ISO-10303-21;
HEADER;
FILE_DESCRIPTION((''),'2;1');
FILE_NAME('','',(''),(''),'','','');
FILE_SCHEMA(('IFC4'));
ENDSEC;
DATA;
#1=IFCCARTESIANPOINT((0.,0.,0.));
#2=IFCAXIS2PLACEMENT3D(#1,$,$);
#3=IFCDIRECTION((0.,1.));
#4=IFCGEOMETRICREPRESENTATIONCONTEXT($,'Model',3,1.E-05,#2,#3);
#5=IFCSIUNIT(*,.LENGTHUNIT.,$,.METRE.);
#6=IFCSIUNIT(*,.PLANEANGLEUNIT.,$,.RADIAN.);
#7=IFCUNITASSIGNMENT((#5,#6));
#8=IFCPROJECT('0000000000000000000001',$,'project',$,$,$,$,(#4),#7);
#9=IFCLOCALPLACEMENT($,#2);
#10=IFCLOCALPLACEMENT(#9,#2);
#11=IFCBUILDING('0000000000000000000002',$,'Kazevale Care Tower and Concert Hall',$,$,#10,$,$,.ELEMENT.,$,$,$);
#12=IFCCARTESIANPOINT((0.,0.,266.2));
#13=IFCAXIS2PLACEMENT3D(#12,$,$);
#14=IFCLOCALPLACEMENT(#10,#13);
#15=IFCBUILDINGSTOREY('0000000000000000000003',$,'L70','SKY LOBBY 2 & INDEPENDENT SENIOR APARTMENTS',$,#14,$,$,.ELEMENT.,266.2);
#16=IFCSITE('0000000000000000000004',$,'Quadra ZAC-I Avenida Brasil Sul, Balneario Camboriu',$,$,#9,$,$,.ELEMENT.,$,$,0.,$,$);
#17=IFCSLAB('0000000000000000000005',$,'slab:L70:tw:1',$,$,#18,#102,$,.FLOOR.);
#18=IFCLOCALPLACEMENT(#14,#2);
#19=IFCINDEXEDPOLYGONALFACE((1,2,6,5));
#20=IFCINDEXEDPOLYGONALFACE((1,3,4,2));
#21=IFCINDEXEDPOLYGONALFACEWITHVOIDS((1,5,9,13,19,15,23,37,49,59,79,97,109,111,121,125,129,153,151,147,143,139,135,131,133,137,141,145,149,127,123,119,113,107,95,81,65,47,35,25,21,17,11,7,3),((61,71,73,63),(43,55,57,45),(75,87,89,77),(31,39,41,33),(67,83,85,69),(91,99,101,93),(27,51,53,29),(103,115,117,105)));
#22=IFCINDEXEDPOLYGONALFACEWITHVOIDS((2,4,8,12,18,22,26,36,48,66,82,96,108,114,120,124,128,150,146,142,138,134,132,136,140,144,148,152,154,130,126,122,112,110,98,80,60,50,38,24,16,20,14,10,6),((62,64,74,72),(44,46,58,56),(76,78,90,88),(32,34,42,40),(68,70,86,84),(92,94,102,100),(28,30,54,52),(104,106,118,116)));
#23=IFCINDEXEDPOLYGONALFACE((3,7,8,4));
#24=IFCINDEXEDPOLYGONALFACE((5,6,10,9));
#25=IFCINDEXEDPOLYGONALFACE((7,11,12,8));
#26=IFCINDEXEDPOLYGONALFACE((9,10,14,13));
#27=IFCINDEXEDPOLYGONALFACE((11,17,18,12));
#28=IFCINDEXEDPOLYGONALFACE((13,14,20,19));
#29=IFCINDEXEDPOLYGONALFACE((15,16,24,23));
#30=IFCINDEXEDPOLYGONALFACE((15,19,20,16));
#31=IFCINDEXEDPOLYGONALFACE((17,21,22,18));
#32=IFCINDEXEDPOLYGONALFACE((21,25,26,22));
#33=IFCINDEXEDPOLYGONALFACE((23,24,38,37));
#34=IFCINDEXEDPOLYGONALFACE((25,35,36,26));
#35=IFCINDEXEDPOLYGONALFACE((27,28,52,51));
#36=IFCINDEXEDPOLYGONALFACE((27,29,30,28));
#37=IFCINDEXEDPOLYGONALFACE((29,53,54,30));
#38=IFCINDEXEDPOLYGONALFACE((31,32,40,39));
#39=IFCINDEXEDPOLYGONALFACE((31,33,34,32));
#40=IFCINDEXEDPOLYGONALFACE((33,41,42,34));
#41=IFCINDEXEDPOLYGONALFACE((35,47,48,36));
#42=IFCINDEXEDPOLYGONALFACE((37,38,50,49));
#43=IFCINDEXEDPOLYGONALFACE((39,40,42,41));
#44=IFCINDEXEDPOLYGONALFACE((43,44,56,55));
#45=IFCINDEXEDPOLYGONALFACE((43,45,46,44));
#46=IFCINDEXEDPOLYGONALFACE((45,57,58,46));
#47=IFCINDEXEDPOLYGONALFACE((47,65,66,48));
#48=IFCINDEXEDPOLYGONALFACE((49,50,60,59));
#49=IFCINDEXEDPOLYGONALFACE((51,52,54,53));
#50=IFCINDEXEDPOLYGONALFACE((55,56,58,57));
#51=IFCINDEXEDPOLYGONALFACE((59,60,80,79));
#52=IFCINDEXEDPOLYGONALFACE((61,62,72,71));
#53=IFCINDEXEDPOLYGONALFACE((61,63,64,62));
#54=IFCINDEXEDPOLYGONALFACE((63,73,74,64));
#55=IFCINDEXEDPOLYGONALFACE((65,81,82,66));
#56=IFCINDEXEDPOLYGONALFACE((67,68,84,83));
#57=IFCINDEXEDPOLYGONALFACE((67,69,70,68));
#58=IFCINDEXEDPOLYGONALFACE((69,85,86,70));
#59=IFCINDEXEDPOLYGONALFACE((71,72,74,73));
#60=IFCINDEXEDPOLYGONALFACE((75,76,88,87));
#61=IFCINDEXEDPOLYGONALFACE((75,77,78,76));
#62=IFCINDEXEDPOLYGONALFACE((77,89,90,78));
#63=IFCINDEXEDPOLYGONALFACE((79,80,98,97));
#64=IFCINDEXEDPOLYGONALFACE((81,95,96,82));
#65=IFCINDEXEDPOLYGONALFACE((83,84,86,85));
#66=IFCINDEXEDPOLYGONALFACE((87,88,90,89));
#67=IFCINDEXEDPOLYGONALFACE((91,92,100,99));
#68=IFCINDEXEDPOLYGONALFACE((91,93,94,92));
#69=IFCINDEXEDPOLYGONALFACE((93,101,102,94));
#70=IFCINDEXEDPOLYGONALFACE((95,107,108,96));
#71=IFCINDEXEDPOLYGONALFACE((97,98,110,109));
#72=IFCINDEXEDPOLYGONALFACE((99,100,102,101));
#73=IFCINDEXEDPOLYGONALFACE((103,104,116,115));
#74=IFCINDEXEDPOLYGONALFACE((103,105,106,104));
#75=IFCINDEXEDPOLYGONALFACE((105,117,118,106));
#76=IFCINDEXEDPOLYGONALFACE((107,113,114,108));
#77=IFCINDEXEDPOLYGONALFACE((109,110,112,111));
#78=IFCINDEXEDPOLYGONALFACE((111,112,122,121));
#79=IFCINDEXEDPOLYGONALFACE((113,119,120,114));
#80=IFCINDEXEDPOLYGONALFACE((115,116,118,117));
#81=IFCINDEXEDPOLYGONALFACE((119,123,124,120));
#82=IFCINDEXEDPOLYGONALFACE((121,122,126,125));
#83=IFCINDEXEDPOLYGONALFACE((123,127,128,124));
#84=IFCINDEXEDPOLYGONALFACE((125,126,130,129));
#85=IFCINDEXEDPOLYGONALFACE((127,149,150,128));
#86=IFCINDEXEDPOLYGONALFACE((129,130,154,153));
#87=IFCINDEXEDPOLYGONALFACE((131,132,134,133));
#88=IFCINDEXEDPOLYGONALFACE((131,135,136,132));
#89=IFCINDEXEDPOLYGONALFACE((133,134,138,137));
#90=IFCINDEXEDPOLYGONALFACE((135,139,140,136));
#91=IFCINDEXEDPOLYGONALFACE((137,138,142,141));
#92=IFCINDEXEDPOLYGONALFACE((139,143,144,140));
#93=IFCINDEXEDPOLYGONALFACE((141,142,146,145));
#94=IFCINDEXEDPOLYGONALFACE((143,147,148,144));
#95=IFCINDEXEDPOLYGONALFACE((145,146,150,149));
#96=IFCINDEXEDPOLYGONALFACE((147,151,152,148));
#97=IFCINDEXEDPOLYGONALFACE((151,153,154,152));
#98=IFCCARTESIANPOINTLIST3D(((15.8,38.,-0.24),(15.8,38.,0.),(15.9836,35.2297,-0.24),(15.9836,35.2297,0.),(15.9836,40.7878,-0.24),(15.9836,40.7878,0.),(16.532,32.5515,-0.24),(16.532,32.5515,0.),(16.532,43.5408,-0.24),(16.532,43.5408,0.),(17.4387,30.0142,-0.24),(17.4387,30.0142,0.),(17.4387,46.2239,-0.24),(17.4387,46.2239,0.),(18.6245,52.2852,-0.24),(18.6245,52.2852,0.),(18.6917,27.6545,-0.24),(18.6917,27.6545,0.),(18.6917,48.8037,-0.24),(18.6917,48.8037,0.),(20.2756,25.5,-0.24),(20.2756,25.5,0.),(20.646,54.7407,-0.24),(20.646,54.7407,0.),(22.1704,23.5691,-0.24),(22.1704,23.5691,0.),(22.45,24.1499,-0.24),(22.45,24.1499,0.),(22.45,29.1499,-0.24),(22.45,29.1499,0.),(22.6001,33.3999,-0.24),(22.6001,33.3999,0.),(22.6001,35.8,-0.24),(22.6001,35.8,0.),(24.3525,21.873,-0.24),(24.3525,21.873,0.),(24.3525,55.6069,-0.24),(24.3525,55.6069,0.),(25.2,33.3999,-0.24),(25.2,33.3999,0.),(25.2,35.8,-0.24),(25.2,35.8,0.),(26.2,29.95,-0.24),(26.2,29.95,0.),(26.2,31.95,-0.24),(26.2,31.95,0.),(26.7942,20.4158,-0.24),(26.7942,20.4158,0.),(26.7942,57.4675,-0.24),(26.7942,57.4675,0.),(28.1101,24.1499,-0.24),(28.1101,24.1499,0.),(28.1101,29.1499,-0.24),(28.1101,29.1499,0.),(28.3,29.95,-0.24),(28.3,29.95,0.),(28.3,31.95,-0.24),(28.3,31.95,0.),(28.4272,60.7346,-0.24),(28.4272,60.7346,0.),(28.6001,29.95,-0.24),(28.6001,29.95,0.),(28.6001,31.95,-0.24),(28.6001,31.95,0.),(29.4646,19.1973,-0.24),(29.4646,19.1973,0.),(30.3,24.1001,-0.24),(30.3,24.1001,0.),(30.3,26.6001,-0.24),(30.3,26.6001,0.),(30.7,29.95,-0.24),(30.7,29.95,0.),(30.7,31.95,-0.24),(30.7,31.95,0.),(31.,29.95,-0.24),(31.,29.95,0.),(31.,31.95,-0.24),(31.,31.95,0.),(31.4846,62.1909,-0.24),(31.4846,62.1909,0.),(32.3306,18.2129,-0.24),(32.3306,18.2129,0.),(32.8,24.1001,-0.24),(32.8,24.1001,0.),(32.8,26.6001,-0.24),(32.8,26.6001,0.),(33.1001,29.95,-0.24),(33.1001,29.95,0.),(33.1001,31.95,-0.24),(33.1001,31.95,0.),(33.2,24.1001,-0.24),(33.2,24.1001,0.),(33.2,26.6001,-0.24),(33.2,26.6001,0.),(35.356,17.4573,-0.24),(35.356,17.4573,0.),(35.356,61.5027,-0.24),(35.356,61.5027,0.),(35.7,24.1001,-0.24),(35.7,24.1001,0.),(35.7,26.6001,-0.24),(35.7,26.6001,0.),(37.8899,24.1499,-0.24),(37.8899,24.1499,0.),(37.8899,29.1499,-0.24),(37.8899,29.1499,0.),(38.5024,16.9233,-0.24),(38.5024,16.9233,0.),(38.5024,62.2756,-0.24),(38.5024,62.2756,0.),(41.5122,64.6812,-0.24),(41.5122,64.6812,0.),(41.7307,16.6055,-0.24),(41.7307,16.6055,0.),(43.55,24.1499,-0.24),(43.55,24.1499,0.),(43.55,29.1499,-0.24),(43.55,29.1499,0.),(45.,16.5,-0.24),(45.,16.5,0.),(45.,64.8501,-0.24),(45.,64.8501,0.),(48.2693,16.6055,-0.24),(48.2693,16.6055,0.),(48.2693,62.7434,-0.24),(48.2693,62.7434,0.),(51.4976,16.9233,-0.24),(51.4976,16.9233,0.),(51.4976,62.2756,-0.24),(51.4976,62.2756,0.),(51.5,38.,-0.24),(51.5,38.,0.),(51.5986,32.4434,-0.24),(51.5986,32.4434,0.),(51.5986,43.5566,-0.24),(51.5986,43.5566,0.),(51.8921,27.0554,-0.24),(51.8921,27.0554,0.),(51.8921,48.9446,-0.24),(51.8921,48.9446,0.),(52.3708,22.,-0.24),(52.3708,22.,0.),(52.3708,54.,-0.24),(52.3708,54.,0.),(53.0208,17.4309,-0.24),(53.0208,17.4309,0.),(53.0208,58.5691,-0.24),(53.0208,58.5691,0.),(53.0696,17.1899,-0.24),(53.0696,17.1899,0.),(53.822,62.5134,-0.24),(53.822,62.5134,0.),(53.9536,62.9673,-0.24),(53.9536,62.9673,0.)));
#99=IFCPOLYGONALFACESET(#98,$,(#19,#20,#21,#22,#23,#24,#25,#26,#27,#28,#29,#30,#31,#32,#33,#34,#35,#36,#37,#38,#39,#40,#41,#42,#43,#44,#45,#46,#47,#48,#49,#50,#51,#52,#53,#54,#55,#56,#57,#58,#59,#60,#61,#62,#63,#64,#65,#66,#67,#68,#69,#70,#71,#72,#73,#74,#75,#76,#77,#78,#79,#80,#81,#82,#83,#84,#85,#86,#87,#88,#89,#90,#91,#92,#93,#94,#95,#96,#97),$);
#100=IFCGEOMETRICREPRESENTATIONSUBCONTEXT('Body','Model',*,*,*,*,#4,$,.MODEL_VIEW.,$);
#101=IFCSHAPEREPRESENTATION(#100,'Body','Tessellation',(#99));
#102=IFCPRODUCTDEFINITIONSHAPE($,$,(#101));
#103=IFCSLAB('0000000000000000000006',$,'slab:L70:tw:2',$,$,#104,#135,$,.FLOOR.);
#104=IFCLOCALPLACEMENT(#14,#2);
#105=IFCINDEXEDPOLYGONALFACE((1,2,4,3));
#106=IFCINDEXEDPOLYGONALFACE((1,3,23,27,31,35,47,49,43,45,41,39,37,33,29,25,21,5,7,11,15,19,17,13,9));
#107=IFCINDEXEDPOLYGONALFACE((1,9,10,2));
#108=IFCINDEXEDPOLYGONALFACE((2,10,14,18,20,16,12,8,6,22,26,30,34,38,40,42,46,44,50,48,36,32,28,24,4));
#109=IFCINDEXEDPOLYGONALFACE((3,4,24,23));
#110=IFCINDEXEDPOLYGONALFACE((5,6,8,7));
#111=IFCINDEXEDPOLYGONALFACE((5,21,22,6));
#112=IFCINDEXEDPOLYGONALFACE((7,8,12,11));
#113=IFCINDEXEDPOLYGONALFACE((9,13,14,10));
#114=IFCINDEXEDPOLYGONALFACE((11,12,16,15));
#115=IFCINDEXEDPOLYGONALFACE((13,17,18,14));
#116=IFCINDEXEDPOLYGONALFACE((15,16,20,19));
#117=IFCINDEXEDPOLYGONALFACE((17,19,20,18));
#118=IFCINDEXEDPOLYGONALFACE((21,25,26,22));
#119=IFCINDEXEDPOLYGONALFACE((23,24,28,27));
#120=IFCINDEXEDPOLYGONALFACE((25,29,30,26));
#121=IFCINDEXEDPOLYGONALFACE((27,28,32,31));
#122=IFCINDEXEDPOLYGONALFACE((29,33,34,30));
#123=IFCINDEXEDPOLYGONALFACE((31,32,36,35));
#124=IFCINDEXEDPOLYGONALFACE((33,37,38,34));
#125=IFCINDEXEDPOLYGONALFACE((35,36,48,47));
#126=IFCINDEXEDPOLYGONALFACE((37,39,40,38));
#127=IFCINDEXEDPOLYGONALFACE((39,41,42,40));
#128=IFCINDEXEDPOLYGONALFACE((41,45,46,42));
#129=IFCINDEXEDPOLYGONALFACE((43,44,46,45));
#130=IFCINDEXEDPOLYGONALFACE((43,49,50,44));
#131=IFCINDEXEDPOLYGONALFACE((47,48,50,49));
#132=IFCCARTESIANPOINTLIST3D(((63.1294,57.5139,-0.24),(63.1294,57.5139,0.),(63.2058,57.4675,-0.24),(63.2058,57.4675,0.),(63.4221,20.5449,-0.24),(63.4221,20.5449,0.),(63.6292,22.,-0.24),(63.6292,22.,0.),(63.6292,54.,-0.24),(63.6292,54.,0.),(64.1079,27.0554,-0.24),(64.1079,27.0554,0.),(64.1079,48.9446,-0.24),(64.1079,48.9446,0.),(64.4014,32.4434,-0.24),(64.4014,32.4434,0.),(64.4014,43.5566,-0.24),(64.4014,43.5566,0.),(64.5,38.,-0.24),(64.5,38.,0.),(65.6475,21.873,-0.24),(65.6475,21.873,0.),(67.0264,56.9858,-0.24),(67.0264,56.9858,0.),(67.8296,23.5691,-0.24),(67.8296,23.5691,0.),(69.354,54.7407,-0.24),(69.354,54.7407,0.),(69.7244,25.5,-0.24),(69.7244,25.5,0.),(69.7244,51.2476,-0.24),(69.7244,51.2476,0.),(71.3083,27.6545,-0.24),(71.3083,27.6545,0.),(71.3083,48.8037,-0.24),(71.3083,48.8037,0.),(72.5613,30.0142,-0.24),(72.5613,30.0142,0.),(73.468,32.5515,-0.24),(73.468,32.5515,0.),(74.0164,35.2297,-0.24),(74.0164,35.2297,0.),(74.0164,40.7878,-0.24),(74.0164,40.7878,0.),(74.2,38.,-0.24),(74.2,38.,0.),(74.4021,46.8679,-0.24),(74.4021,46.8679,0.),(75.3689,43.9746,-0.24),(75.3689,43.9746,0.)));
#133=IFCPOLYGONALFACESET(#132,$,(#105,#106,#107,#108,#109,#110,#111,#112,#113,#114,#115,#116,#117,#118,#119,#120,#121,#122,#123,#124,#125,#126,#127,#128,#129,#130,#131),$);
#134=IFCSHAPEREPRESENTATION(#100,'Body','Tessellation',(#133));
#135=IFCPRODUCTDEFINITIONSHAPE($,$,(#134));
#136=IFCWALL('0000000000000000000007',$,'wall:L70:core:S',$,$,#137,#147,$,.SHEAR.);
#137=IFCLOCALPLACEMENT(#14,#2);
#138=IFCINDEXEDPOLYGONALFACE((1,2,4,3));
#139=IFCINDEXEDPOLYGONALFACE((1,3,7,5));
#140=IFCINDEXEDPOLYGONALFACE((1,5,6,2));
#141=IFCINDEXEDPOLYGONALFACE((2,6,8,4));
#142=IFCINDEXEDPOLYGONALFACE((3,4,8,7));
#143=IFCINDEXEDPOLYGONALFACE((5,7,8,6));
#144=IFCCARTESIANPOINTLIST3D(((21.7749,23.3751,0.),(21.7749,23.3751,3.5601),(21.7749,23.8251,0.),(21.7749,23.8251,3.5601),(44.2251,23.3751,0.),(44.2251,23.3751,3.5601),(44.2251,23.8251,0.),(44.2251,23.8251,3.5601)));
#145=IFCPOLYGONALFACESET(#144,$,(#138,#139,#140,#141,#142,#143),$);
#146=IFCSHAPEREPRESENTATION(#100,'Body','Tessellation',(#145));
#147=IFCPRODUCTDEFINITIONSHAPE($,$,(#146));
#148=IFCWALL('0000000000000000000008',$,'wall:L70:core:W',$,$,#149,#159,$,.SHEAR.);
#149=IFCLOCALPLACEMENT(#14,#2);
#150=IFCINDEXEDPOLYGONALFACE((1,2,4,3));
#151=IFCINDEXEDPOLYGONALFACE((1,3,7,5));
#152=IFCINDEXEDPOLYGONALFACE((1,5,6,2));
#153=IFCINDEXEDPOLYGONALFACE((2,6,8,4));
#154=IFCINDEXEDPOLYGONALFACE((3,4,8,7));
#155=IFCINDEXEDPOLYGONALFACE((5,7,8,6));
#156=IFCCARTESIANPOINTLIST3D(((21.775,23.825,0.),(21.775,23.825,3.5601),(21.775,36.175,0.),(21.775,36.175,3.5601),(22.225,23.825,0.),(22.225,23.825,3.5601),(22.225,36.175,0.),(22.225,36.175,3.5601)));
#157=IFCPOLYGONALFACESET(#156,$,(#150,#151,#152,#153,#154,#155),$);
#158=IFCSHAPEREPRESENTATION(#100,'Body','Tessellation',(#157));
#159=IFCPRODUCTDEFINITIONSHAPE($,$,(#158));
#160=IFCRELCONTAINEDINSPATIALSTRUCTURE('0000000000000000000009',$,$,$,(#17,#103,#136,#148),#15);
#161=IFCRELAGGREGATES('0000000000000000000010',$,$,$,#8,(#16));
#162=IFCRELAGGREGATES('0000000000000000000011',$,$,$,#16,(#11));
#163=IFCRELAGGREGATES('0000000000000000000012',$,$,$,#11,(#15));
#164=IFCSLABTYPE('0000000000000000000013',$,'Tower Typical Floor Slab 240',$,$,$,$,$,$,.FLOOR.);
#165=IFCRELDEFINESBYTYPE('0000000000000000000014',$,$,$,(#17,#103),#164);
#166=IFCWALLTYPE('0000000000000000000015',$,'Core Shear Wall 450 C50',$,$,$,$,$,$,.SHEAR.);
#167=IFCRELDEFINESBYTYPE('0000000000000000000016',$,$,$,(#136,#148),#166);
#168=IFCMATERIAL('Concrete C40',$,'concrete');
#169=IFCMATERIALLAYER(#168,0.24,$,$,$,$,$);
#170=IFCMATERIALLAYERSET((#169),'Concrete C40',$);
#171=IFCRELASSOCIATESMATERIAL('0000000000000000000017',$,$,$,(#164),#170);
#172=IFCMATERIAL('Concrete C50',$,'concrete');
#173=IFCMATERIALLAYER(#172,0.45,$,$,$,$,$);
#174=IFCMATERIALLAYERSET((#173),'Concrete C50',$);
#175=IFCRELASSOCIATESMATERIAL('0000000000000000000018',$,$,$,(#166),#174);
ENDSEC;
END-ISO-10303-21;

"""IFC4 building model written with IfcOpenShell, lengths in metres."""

from ifc_helpers import new_model, si_unit, direction, frame, frame_2d, origin, place, context, subcontext, project, spatial, polyline, rectangle, outline, extrude, material, layer, layer_set, type_object, element, save


model = new_model("IFC4")

# Units and contexts
model_context = context("Model", 3, precision=1e-05, world=origin(), true_north=direction((0.0, 1.0)))
body_context = subcontext(model_context, "Body", "Model", "MODEL_VIEW")
ifc_project = project(units=[si_unit("LENGTHUNIT", "METRE"), si_unit("PLANEANGLEUNIT", "RADIAN")], contexts=[model_context])

# Site, building, storey
site_placement = place(None, origin())
site = spatial("IfcSite", under=ifc_project, at=site_placement, Name="Quadra ZAC-I Avenida Brasil Sul, Balneario Camboriu", CompositionType="ELEMENT", RefElevation=0.0)
building_placement = place(site_placement, origin())
building = spatial("IfcBuilding", under=site, at=building_placement, Name="Kazevale Care Tower and Concert Hall", CompositionType="ELEMENT")
storey_placement = place(building_placement, frame((0.0, 0.0, 266.2)))
storey = spatial("IfcBuildingStorey", under=building, at=storey_placement, Name="L70", Description="SKY LOBBY 2 & INDEPENDENT SENIOR APARTMENTS", CompositionType="ELEMENT", Elevation=266.2)

# Shared definitions
ifc_material_1 = material(Name="Concrete C50", Category="concrete")

# Shared definitions
ifc_material_2 = material(Name="Concrete C40", Category="concrete")

# Slabs
ifc_layer_1 = layer(ifc_material_2, 0.24)
ifc_layer_set_1 = layer_set([ifc_layer_1], Name="Concrete C40")
slab_type_1 = type_object("IfcSlabType", Name="Tower Typical Floor Slab 240", PredefinedType="FLOOR", material=ifc_layer_set_1)
slab_1_placement = place(storey_placement, frame((0.0, 0.0, -0.24)))
element("IfcSlab", 1, at=slab_1_placement, inside=storey, type_object=slab_type_1, Name="slab:L70:tw:1", PredefinedType="FLOOR", context=body_context, shape_type="SweptSolid", body=[
    extrude(outline(polyline([(51.4976, 16.9233), (48.2693, 16.6055), (45.0, 16.5), (41.7307, 16.6055), (38.5024, 16.9233), (35.356, 17.4573), (32.3306, 18.2129), (29.4646, 19.1973), (26.7942, 20.4158), (24.3525, 21.873), (22.1704, 23.5691), (20.2756, 25.5), (18.6917, 27.6545), (17.4387, 30.0142), (16.532, 32.5515), (15.9836, 35.2297), (15.8, 38.0), (15.9836, 40.7878), (16.532, 43.5408), (17.4387, 46.2239), (18.6917, 48.8037), (18.6245, 52.2852), (20.646, 54.7407), (24.3525, 55.6069), (26.7942, 57.4675), (28.4272, 60.7346), (31.4846, 62.1909), (35.356, 61.5027), (38.5024, 62.2756), (41.5122, 64.6812), (45.0, 64.8501), (48.2693, 62.7434), (51.4976, 62.2756), (53.9536, 62.9673), (53.822, 62.5134), (53.0208, 58.5691), (52.3708, 54.0), (51.8921, 48.9446), (51.5986, 43.5566), (51.5, 38.0), (51.5986, 32.4434), (51.8921, 27.0554), (52.3708, 22.0), (53.0208, 17.4309), (53.0696, 17.1899), (51.4976, 16.9233)]), holes=[polyline([(22.45, 24.1499), (28.1101, 24.1499), (28.1101, 29.1499), (22.45, 29.1499), (22.45, 24.1499)]), polyline([(37.8899, 24.1499), (43.55, 24.1499), (43.55, 29.1499), (37.8899, 29.1499), (37.8899, 24.1499)]), polyline([(30.3, 24.1001), (32.8, 24.1001), (32.8, 26.6001), (30.3, 26.6001), (30.3, 24.1001)]), polyline([(33.2, 24.1001), (35.7, 24.1001), (35.7, 26.6001), (33.2, 26.6001), (33.2, 24.1001)]), polyline([(22.6001, 33.3999), (25.2, 33.3999), (25.2, 35.8), (22.6001, 35.8), (22.6001, 33.3999)]), polyline([(26.2, 29.95), (28.3, 29.95), (28.3, 31.95), (26.2, 31.95), (26.2, 29.95)]), polyline([(28.6001, 29.95), (30.7, 29.95), (30.7, 31.95), (28.6001, 31.95), (28.6001, 29.95)]), polyline([(31.0, 29.95), (33.1001, 29.95), (33.1001, 31.95), (31.0, 31.95), (31.0, 29.95)])]), origin(), (0.0, 0.0, 1.0), 0.24),
])
slab_2_placement = place(storey_placement, frame((0.0, 0.0, -0.24)))
element("IfcSlab", 2, at=slab_2_placement, inside=storey, type_object=slab_type_1, Name="slab:L70:tw:2", PredefinedType="FLOOR", context=body_context, shape_type="SweptSolid", body=[
    extrude(outline(polyline([(63.2058, 57.4675), (67.0264, 56.9858), (69.354, 54.7407), (69.7244, 51.2476), (71.3083, 48.8037), (74.4021, 46.8679), (75.3689, 43.9746), (74.0164, 40.7878), (74.2, 38.0), (74.0164, 35.2297), (73.468, 32.5515), (72.5613, 30.0142), (71.3083, 27.6545), (69.7244, 25.5), (67.8296, 23.5691), (65.6475, 21.873), (63.4221, 20.5449), (63.6292, 22.0), (64.1079, 27.0554), (64.4014, 32.4434), (64.5, 38.0), (64.4014, 43.5566), (64.1079, 48.9446), (63.6292, 54.0), (63.1294, 57.5139), (63.2058, 57.4675)])), origin(), (0.0, 0.0, 1.0), 0.24),
])

# Walls
ifc_layer_2 = layer(ifc_material_1, 0.45)
ifc_layer_set_2 = layer_set([ifc_layer_2], Name="Concrete C50")
wall_type_1 = type_object("IfcWallType", Name="Core Shear Wall 450 C50", PredefinedType="SHEAR", material=ifc_layer_set_2)
wall_1_placement = place(storey_placement, frame((21.7749, 23.6001, 0.0), z_axis=(0.0, 0.0, 1.0), x_axis=(1.0, 0.0, 0.0)))
element("IfcWall", 3, at=wall_1_placement, inside=storey, type_object=wall_type_1, Name="wall:L70:core:S", PredefinedType="SHEAR", context=body_context, shape_type="SweptSolid", body=[
    extrude(rectangle(XDim=22.4502, YDim=0.45, at=frame_2d((11.2251, 0.0))), origin(), (0.0, 0.0, 1.0), 3.5601),
])
wall_2_placement = place(storey_placement, frame((22.0, 23.825, 0.0), z_axis=(0.0, 0.0, 1.0), x_axis=(0.0, 1.0, 0.0)))
element("IfcWall", 4, at=wall_2_placement, inside=storey, type_object=wall_type_1, Name="wall:L70:core:W", PredefinedType="SHEAR", context=body_context, shape_type="SweptSolid", body=[
    extrude(rectangle(XDim=12.3501, YDim=0.45, at=frame_2d((6.175, 0.0))), origin(), (0.0, 0.0, 1.0), 3.5601),
])

save(model, "model.ifc")
